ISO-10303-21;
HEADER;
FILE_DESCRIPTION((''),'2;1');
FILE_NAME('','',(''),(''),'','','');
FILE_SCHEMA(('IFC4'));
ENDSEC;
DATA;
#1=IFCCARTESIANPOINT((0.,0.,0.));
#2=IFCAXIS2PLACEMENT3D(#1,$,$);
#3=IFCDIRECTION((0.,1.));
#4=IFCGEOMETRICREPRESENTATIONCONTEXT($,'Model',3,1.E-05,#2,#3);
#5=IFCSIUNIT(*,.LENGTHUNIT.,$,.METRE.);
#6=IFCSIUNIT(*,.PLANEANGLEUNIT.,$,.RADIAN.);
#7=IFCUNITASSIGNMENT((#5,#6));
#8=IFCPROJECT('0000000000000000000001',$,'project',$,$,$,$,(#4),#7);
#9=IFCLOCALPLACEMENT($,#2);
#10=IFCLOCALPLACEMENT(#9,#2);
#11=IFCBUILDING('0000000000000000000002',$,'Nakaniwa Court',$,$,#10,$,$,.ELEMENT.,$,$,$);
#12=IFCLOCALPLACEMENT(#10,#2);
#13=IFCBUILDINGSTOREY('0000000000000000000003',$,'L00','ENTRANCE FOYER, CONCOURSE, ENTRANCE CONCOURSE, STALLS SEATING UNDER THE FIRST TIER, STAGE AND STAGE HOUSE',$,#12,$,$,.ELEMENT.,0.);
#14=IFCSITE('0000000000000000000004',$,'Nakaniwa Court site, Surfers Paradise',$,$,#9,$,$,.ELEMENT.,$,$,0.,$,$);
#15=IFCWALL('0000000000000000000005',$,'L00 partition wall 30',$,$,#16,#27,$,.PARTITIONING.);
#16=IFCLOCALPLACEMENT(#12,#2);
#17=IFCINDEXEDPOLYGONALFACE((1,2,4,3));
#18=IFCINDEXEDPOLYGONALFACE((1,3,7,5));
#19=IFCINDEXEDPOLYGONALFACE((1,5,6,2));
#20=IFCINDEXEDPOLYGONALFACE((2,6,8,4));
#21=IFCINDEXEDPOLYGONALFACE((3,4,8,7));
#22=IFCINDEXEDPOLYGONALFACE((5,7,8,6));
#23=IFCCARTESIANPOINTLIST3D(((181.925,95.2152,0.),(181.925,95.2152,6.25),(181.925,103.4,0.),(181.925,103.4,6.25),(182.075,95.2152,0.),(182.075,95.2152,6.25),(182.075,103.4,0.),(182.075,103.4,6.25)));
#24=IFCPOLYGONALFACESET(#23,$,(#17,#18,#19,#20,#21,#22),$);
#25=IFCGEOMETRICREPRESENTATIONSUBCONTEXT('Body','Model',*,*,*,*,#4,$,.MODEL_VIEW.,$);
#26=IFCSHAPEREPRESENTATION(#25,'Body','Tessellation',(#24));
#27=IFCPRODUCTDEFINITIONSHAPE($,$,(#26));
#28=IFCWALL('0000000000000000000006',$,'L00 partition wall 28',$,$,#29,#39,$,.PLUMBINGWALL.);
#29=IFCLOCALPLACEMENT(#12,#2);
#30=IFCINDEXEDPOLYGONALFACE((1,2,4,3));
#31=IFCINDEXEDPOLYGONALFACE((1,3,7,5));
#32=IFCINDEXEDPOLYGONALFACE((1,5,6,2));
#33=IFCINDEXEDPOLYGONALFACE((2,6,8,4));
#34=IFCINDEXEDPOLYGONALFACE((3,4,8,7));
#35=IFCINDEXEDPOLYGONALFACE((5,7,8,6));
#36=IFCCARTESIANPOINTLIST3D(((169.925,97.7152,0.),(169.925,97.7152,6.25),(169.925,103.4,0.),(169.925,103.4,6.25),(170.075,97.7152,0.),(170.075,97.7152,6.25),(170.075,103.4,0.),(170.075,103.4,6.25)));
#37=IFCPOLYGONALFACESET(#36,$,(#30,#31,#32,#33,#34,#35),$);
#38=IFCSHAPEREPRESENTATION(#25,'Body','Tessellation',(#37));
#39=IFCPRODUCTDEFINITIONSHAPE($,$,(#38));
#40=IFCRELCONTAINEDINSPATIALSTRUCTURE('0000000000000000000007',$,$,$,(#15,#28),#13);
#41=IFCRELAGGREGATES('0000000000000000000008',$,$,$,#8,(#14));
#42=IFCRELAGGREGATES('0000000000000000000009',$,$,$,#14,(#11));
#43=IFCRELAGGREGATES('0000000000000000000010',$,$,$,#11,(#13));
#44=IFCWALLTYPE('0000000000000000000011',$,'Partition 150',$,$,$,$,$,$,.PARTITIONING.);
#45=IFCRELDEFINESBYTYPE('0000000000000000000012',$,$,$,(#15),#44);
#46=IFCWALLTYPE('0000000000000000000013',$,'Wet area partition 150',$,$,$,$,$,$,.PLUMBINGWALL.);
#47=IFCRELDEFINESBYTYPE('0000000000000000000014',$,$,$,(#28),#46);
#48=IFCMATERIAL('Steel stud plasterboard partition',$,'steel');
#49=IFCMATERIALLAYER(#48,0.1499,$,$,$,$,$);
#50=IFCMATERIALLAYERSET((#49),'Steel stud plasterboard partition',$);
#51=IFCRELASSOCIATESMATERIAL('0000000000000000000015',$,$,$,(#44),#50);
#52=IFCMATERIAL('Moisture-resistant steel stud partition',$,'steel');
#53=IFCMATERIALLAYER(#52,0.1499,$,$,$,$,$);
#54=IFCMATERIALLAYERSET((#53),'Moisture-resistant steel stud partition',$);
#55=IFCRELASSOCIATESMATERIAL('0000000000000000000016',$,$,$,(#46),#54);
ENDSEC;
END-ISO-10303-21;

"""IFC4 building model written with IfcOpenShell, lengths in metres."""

from ifc_helpers import new_model, si_unit, direction, frame, frame_2d, origin, place, context, subcontext, project, spatial, rectangle, extrude, material, layer, layer_set, type_object, element, save


model = new_model("IFC4")

# Units and contexts
model_context = context("Model", 3, precision=1e-05, world=origin(), true_north=direction((0.0, 1.0)))
body_context = subcontext(model_context, "Body", "Model", "MODEL_VIEW")
ifc_project = project(units=[si_unit("LENGTHUNIT", "METRE"), si_unit("PLANEANGLEUNIT", "RADIAN")], contexts=[model_context])

# Site, building, storey
site_placement = place(None, origin())
site = spatial("IfcSite", under=ifc_project, at=site_placement, Name="Nakaniwa Court site, Surfers Paradise", CompositionType="ELEMENT", RefElevation=0.0)
building_placement = place(site_placement, origin())
building = spatial("IfcBuilding", under=site, at=building_placement, Name="Nakaniwa Court", CompositionType="ELEMENT")
storey_placement = place(building_placement, origin())
storey = spatial("IfcBuildingStorey", under=building, at=storey_placement, Name="L00", Description="ENTRANCE FOYER, CONCOURSE, ENTRANCE CONCOURSE, STALLS SEATING UNDER THE FIRST TIER, STAGE AND STAGE HOUSE", CompositionType="ELEMENT", Elevation=0.0)

# Walls
ifc_material_1 = material(Name="Steel stud plasterboard partition", Category="steel")
ifc_layer_1 = layer(ifc_material_1, 0.1499)
ifc_layer_set_1 = layer_set([ifc_layer_1], Name="Steel stud plasterboard partition")
wall_type_1 = type_object("IfcWallType", Name="Partition 150", PredefinedType="PARTITIONING", material=ifc_layer_set_1)
wall_1_placement = place(storey_placement, frame((182.0, 103.3999, 0.0), z_axis=(0.0, 0.0, 1.0), x_axis=(0.0, -1.0, 0.0)))
element("IfcWall", 1, at=wall_1_placement, inside=storey, type_object=wall_type_1, Name="L00 partition wall 30", PredefinedType="PARTITIONING", context=body_context, shape_type="SweptSolid", body=[
    extrude(rectangle(XDim=8.1848, YDim=0.1499, at=frame_2d((4.0923, 0.0))), origin(), (0.0, 0.0, 1.0), 6.25),
])
ifc_material_2 = material(Name="Moisture-resistant steel stud partition", Category="steel")
ifc_layer_2 = layer(ifc_material_2, 0.1499)
ifc_layer_set_2 = layer_set([ifc_layer_2], Name="Moisture-resistant steel stud partition")
wall_type_2 = type_object("IfcWallType", Name="Wet area partition 150", PredefinedType="PLUMBINGWALL", material=ifc_layer_set_2)
wall_2_placement = place(storey_placement, frame((170.0, 103.3999, 0.0), z_axis=(0.0, 0.0, 1.0), x_axis=(0.0, -1.0, 0.0)))
element("IfcWall", 2, at=wall_2_placement, inside=storey, type_object=wall_type_2, Name="L00 partition wall 28", PredefinedType="PLUMBINGWALL", context=body_context, shape_type="SweptSolid", body=[
    extrude(rectangle(XDim=5.6848, YDim=0.1499, at=frame_2d((2.8423, 0.0))), origin(), (0.0, 0.0, 1.0), 6.25),
])

save(model, "model.ifc")
